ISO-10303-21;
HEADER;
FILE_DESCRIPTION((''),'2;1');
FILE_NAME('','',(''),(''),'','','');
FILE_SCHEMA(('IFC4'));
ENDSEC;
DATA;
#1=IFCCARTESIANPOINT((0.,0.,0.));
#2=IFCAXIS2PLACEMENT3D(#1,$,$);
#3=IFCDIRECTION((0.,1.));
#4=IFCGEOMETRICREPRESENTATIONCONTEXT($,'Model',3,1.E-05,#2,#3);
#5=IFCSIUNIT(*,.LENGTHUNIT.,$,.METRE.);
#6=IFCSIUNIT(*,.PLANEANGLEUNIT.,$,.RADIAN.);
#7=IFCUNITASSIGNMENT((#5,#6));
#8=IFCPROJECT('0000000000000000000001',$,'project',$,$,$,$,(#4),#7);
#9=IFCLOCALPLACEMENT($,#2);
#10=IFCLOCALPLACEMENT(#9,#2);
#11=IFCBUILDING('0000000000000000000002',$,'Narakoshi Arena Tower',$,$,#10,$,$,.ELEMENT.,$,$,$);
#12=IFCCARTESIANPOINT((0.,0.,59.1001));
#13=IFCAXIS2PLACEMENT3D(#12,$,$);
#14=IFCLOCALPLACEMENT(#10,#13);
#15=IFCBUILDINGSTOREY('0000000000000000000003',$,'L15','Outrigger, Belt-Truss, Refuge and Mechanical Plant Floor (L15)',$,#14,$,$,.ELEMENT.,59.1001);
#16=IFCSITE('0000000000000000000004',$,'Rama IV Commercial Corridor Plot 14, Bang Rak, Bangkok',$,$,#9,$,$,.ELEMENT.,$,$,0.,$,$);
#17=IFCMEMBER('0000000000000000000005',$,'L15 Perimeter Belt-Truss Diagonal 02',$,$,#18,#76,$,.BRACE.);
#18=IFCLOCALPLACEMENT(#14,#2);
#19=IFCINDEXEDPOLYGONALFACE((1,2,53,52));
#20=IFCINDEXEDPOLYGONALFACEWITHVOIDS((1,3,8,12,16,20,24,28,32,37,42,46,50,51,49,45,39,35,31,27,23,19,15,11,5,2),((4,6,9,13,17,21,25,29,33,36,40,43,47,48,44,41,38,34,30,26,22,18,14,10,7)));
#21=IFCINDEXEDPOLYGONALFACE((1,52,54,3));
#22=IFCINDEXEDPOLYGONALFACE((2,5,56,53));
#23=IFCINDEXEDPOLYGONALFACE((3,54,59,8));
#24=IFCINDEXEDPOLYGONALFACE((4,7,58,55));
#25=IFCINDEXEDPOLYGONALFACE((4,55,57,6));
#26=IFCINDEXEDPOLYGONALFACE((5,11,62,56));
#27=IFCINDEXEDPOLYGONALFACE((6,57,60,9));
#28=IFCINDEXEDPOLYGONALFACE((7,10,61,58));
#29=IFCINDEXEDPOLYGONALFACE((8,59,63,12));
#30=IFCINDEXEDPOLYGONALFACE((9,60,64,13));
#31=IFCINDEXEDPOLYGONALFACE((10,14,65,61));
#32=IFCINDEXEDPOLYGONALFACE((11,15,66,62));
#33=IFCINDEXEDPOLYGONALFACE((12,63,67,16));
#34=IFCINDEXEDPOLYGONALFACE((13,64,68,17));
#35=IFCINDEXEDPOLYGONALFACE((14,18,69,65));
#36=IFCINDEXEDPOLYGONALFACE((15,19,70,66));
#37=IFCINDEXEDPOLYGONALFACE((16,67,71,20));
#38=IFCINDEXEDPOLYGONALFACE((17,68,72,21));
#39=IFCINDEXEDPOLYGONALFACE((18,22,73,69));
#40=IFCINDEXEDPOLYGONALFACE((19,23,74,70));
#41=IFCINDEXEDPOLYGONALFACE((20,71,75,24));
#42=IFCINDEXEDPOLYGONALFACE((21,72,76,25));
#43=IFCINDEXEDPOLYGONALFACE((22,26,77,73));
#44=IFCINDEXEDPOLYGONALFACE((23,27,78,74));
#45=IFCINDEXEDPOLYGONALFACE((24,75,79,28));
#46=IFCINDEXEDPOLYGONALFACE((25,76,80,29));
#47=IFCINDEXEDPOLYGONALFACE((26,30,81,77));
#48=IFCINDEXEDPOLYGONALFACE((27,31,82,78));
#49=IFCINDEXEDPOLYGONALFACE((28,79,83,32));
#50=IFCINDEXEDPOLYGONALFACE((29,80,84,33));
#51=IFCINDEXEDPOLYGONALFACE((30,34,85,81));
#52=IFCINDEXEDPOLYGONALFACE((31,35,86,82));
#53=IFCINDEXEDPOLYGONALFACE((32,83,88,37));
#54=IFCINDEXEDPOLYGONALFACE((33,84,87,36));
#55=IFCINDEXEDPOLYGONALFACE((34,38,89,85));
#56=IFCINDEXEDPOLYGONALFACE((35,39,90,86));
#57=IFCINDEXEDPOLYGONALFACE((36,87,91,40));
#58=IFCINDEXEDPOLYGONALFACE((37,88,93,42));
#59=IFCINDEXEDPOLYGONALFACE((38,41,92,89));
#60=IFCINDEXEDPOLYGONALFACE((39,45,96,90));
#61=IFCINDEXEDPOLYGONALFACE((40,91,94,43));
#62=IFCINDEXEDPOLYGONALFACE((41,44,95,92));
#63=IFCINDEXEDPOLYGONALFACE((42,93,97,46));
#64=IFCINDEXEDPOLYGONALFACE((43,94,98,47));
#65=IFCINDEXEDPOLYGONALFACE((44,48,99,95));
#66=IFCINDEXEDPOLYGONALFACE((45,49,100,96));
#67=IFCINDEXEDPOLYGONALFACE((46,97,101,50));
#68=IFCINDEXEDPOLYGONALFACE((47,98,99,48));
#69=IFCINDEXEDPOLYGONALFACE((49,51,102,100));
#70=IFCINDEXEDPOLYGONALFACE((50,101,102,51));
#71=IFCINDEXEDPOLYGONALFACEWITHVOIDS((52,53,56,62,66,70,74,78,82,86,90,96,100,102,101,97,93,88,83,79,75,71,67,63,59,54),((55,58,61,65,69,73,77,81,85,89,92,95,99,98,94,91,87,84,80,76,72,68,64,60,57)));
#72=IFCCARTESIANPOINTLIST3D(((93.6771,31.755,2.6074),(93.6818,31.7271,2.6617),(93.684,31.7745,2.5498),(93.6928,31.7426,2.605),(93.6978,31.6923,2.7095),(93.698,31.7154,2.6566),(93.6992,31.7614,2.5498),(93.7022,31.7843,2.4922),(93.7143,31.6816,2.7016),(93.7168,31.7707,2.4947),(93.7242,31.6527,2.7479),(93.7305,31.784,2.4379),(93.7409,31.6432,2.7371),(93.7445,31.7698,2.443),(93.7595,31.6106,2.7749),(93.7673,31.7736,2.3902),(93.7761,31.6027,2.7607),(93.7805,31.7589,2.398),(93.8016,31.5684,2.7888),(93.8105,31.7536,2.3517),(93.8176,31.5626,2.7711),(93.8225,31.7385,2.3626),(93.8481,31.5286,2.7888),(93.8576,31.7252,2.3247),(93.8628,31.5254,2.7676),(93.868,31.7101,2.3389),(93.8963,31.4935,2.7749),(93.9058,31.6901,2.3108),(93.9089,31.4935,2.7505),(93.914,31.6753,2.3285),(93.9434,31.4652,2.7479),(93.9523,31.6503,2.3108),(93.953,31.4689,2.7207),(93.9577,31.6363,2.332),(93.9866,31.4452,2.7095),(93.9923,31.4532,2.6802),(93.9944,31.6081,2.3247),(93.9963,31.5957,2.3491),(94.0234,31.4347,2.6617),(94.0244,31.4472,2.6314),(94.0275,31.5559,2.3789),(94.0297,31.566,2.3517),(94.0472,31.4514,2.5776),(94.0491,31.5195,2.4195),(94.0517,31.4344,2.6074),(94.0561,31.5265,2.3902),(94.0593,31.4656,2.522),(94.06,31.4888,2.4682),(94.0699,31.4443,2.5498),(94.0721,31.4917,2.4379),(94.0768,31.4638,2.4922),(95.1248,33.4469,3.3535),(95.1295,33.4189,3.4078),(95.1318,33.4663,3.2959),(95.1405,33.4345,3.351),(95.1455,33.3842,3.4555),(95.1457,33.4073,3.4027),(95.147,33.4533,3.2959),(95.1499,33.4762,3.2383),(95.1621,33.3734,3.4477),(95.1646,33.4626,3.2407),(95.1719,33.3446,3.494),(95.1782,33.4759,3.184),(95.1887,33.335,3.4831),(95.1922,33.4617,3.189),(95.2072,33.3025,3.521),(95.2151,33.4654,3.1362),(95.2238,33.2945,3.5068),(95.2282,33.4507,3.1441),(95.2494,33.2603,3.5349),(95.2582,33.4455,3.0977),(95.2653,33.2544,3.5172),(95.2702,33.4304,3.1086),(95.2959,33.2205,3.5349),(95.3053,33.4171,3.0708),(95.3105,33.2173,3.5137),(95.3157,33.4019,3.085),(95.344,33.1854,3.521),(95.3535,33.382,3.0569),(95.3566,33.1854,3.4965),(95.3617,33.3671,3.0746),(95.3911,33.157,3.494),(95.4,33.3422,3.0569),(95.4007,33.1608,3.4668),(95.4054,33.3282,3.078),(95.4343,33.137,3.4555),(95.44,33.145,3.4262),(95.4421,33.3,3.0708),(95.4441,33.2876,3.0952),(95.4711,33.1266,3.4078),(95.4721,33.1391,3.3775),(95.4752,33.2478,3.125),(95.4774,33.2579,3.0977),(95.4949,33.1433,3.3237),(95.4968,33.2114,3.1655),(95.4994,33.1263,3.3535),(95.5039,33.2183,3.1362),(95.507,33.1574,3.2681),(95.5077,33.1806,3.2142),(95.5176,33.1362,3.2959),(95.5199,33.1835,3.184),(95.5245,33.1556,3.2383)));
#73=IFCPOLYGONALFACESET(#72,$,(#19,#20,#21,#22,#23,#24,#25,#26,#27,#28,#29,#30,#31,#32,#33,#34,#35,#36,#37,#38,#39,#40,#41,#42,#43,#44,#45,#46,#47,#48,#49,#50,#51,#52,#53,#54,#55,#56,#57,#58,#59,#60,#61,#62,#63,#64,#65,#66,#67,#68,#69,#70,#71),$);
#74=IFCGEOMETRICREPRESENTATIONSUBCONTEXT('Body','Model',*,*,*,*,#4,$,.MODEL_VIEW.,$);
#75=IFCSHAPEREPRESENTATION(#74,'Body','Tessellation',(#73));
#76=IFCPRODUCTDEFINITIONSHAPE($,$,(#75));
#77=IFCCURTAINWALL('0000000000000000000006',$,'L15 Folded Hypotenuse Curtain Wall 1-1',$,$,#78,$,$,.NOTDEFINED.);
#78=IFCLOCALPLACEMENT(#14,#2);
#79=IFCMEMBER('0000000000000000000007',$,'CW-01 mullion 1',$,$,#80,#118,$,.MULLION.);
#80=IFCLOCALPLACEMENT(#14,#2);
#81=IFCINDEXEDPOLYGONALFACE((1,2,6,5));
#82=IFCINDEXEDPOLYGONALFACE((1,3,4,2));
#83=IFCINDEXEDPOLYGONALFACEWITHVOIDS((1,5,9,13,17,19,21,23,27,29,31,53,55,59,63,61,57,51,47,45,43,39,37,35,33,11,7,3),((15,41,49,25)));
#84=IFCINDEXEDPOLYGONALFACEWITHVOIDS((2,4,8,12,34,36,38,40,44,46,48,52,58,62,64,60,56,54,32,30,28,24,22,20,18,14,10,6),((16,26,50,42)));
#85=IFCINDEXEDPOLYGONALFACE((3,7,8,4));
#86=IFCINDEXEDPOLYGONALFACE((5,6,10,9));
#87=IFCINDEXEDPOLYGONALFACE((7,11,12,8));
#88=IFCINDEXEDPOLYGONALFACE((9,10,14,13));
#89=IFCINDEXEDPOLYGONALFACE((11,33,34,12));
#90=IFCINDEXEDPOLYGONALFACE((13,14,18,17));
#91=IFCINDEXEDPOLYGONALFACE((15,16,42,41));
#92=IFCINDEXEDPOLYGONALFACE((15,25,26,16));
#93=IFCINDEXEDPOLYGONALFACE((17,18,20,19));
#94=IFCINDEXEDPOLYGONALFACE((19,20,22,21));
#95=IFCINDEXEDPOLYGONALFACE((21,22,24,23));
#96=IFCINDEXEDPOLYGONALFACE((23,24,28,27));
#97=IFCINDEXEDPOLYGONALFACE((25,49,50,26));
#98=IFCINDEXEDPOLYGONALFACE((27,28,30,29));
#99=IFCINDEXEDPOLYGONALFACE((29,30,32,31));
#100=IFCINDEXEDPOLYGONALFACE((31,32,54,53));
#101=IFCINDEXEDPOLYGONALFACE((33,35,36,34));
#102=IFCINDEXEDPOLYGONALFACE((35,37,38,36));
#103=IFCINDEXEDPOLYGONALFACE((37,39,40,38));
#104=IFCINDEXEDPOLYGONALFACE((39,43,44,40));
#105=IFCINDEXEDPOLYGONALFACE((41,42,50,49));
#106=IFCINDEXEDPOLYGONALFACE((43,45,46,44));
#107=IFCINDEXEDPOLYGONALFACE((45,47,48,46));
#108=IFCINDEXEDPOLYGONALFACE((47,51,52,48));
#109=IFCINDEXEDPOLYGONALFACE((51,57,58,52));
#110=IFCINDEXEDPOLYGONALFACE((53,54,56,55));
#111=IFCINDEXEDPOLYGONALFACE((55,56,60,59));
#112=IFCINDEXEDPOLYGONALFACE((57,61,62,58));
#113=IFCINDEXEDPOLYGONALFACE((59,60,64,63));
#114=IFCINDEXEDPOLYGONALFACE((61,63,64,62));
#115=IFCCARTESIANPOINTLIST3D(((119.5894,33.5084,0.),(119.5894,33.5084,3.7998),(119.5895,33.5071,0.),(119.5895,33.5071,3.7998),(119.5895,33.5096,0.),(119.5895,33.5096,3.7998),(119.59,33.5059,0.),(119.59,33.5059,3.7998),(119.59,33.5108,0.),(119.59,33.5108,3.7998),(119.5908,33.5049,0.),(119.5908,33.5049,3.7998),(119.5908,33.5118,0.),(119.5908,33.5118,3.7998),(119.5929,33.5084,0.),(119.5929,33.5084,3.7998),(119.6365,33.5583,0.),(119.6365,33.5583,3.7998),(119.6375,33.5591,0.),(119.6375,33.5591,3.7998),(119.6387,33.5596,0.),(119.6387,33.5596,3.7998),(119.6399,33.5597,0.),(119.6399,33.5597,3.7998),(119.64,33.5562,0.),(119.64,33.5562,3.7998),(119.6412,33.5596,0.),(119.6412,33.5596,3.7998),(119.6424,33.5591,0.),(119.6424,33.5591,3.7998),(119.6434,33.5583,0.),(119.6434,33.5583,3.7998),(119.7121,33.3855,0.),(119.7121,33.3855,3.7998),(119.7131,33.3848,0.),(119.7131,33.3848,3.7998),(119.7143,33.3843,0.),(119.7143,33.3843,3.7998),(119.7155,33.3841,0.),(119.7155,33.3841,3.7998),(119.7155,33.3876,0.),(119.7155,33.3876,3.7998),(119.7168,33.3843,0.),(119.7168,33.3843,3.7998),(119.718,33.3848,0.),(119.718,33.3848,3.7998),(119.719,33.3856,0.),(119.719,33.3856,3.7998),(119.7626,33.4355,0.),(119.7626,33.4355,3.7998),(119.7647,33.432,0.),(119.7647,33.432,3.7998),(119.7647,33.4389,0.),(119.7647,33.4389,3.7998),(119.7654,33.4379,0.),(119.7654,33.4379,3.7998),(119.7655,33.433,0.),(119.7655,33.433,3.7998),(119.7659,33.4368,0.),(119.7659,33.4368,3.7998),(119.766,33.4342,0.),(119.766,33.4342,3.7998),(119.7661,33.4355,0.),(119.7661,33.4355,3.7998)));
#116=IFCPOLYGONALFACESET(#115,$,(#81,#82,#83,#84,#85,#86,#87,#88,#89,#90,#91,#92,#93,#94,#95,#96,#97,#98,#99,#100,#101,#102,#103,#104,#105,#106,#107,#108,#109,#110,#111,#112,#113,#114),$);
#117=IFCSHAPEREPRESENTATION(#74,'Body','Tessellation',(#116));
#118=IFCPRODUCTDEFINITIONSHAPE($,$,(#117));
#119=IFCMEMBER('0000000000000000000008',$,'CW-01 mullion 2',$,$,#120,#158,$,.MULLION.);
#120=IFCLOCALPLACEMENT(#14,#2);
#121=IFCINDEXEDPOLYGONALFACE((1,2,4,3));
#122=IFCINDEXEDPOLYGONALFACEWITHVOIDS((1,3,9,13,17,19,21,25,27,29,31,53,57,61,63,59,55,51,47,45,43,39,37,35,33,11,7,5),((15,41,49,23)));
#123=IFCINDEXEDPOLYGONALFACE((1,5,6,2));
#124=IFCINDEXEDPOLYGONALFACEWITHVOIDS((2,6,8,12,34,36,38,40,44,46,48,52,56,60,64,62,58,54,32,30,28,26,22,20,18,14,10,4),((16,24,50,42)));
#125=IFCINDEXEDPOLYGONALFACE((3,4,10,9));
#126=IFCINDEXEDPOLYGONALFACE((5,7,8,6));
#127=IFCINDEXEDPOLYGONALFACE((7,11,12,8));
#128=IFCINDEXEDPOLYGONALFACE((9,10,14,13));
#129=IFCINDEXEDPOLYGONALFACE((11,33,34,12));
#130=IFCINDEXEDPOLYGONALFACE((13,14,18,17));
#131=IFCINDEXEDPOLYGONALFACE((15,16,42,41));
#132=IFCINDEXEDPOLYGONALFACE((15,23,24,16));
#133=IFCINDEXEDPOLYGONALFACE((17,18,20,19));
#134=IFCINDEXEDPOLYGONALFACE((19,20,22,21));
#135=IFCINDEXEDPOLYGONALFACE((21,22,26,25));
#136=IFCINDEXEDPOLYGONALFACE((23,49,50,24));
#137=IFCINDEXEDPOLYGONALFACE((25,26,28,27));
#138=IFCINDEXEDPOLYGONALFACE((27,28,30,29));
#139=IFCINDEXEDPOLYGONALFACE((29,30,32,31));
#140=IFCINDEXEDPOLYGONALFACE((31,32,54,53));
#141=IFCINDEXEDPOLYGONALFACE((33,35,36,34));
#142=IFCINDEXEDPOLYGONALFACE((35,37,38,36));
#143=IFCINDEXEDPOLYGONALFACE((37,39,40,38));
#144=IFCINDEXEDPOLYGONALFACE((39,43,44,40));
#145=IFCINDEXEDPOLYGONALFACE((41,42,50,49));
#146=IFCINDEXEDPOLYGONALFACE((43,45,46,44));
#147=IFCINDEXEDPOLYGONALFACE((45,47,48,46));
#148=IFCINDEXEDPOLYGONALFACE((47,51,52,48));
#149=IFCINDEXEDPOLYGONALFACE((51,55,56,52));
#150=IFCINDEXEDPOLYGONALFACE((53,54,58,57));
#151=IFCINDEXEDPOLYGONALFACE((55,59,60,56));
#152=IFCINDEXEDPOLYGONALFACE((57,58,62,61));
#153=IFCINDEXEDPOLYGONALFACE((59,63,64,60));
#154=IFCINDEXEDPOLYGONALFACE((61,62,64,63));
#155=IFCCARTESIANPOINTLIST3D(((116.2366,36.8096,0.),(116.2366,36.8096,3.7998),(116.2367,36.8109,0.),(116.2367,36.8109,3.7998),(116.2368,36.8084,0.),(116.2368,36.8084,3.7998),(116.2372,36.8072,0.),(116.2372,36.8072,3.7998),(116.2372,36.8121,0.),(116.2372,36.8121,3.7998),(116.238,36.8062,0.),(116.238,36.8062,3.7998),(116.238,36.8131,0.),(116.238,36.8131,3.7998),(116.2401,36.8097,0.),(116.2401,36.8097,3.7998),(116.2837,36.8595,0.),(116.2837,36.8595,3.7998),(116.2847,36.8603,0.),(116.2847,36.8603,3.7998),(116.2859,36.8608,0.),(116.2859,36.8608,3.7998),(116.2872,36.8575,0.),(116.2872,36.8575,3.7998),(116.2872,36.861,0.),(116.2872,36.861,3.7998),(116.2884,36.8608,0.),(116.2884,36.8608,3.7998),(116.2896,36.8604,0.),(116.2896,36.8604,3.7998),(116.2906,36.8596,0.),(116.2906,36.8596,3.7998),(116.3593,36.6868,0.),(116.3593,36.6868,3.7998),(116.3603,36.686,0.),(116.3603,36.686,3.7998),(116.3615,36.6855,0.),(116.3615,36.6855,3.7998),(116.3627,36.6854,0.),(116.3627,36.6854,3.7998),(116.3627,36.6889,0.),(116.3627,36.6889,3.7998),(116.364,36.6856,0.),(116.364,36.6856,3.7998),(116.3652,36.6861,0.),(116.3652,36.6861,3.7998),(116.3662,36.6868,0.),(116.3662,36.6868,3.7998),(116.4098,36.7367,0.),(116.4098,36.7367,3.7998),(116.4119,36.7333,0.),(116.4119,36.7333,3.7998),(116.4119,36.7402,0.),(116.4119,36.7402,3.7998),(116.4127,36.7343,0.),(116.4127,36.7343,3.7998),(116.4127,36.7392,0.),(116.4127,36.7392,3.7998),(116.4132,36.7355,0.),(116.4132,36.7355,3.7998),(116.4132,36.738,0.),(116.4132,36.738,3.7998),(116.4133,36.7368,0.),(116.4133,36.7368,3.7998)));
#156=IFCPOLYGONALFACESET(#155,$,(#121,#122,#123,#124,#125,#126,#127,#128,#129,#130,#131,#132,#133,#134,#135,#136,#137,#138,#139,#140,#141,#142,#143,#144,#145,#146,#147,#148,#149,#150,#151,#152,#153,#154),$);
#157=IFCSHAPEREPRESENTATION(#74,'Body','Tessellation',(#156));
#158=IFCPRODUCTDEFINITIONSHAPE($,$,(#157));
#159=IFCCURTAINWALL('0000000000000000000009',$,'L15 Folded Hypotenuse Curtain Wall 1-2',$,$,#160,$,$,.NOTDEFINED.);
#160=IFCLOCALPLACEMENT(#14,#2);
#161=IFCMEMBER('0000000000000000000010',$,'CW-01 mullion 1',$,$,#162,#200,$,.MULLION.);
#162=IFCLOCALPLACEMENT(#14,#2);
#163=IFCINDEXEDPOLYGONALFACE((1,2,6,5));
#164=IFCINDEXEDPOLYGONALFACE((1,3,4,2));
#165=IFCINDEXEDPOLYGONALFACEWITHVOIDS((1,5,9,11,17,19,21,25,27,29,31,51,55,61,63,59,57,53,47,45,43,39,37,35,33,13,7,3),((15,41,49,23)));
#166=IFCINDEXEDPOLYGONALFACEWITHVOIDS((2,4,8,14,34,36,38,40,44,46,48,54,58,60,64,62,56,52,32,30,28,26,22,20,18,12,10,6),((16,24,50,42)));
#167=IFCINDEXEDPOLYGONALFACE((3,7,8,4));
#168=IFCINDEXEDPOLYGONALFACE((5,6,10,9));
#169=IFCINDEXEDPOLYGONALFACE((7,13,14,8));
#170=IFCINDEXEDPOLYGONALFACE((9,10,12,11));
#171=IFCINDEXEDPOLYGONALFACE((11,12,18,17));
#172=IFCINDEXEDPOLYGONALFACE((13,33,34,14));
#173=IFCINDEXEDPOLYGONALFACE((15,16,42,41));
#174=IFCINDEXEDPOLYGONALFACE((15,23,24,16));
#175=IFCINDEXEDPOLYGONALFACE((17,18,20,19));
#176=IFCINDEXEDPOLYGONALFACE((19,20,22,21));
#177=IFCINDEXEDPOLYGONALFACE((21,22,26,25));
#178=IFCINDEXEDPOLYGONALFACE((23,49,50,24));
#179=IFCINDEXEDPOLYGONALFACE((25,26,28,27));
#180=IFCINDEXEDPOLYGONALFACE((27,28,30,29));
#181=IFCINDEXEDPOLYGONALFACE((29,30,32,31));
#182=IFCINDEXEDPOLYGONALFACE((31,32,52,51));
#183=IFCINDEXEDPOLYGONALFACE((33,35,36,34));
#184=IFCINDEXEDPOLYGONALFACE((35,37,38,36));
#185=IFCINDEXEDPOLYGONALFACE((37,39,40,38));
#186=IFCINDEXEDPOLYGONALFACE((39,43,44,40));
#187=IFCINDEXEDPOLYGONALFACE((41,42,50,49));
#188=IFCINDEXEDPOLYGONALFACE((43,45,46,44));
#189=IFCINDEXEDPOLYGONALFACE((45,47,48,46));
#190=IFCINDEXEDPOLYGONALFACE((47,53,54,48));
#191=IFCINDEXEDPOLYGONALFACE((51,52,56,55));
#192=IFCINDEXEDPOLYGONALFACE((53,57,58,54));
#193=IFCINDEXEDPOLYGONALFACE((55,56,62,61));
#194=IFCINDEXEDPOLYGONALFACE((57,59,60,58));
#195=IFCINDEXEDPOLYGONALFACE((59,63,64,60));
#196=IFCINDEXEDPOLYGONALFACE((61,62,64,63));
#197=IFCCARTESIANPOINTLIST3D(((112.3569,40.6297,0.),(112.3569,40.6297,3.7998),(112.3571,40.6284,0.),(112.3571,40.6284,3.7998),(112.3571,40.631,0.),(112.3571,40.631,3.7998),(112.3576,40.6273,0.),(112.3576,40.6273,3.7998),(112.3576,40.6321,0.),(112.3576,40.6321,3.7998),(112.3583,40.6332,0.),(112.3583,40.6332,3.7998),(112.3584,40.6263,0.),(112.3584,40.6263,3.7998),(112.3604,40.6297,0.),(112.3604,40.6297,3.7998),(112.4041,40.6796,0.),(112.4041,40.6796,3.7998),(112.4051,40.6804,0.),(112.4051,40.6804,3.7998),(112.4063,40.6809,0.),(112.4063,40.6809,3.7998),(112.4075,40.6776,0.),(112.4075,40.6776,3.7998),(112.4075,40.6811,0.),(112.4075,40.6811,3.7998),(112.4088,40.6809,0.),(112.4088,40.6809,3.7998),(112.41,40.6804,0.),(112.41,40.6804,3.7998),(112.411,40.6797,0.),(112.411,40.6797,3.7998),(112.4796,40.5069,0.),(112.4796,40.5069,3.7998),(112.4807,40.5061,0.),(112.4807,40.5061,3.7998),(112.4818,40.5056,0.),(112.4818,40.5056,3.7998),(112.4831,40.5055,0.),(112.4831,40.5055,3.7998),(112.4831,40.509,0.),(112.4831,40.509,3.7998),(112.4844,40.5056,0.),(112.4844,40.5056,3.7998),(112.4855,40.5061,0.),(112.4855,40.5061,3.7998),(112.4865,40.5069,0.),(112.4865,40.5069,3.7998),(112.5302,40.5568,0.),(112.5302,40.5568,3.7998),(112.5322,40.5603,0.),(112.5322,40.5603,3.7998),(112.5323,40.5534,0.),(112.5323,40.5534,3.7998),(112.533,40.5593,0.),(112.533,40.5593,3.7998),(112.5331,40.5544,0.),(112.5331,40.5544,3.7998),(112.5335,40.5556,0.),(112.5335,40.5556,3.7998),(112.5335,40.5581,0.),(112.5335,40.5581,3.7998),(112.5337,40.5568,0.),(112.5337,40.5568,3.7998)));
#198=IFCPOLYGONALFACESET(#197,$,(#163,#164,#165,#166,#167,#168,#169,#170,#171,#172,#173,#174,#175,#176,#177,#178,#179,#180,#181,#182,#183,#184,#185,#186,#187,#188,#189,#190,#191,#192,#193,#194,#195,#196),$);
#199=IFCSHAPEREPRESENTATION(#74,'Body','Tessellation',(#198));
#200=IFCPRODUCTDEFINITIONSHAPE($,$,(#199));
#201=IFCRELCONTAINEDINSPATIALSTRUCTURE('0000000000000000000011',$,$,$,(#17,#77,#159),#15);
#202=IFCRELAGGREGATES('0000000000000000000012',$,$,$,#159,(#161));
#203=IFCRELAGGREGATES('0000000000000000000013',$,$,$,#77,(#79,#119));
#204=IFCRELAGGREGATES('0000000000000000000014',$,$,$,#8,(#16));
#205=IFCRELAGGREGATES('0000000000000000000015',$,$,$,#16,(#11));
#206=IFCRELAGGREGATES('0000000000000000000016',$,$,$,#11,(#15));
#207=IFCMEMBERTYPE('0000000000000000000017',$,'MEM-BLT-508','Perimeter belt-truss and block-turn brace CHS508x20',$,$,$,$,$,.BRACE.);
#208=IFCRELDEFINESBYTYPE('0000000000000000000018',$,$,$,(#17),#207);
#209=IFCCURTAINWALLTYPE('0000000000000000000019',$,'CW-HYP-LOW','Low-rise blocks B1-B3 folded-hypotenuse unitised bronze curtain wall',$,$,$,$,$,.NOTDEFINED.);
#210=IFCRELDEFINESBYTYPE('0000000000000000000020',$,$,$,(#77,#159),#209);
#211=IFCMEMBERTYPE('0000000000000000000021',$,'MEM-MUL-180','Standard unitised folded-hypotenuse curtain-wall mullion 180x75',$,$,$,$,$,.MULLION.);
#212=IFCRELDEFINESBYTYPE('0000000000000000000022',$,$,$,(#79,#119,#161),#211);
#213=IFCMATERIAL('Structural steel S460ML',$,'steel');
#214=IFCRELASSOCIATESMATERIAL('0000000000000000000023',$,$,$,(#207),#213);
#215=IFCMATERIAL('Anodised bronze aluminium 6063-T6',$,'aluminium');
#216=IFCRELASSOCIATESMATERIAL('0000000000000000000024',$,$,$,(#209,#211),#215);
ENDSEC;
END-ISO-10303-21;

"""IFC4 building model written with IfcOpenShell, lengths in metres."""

from ifc_helpers import new_model, si_unit, direction, frame, origin, origin_2d, place, context, subcontext, project, spatial, hollow_rectangle, hollow_circle, extrude, material, material_profile, profile_set, type_object, element, aggregate, save


model = new_model("IFC4")

# Units and contexts
model_context = context("Model", 3, precision=1e-05, world=origin(), true_north=direction((0.0, 1.0)))
body_context = subcontext(model_context, "Body", "Model", "MODEL_VIEW")
ifc_project = project(units=[si_unit("LENGTHUNIT", "METRE"), si_unit("PLANEANGLEUNIT", "RADIAN")], contexts=[model_context])

# Site, building, storey
site_placement = place(None, origin())
site = spatial("IfcSite", under=ifc_project, at=site_placement, Name="Rama IV Commercial Corridor Plot 14, Bang Rak, Bangkok", CompositionType="ELEMENT", RefElevation=0.0)
building_placement = place(site_placement, origin())
building = spatial("IfcBuilding", under=site, at=building_placement, Name="Narakoshi Arena Tower", CompositionType="ELEMENT")
storey_placement = place(building_placement, frame((0.0, 0.0, 59.1001)))
storey = spatial("IfcBuildingStorey", under=building, at=storey_placement, Name="L15", Description="Outrigger, Belt-Truss, Refuge and Mechanical Plant Floor (L15)", CompositionType="ELEMENT", Elevation=59.1001)

# Shared definitions
ifc_material_1 = material(Name="Structural steel S460ML", Category="steel")

# Member
ifc_material_profile_1 = material_profile(ifc_material_1, hollow_circle(Radius=0.2539, WallThickness=0.02, at=origin_2d()), Name="CHS508x20")
ifc_profile_set_1 = profile_set([ifc_material_profile_1], Name="Structural steel S460ML")
member_type_1 = type_object("IfcMemberType", Name="MEM-BLT-508", Description="Perimeter belt-truss and block-turn brace CHS508x20", PredefinedType="BRACE", material=ifc_profile_set_1)
member_1_placement = place(storey_placement, frame((93.877, 31.6094, 2.5498), z_axis=(0.616476, 0.720434, 0.317698), x_axis=(-0.759798, 0.650159, 0.0)))
element("IfcMember", 1, at=member_1_placement, inside=storey, type_object=member_type_1, Name="L15 Perimeter Belt-Truss Diagonal 02", PredefinedType="BRACE", context=body_context, shape_type="SweptSolid", body=[
    extrude(hollow_circle(Radius=0.2539, WallThickness=0.02, at=origin_2d()), origin(), (0.0, 0.0, 1.0), 2.3484),
])

# Curtain wall, members
ifc_material_2 = material(Name="Anodised bronze aluminium 6063-T6", Category="aluminium")
curtain_wall_type = type_object("IfcCurtainWallType", Name="CW-HYP-LOW", Description="Low-rise blocks B1-B3 folded-hypotenuse unitised bronze curtain wall", PredefinedType="NOTDEFINED", material=ifc_material_2)
curtain_wall_1_placement = place(storey_placement, origin())
curtain_wall_1 = element("IfcCurtainWall", 2, at=curtain_wall_1_placement, inside=storey, type_object=curtain_wall_type, Name="L15 Folded Hypotenuse Curtain Wall 1-1", PredefinedType="NOTDEFINED")
ifc_material_profile_2 = material_profile(ifc_material_2, hollow_rectangle(XDim=0.075, YDim=0.1799, WallThickness=0.0039, OuterFilletRadius=0.0049, at=origin_2d()), Name="MUL180x75x4")
ifc_profile_set_2 = profile_set([ifc_material_profile_2], Name="Anodised bronze aluminium 6063-T6")
member_type_2 = type_object("IfcMemberType", Name="MEM-MUL-180", Description="Standard unitised folded-hypotenuse curtain-wall mullion 180x75", PredefinedType="MULLION", material=ifc_profile_set_2)
member_2_placement = place(storey_placement, frame((119.6777, 33.4719, 0.0), z_axis=(0.0, 0.0, 1.0), x_axis=(-0.701626, -0.712546, 0.0)))
member_2 = element("IfcMember", 3, at=member_2_placement, type_object=member_type_2, Name="CW-01 mullion 1", PredefinedType="MULLION", context=body_context, shape_type="SweptSolid", body=[
    extrude(hollow_rectangle(XDim=0.075, YDim=0.1799, WallThickness=0.0039, OuterFilletRadius=0.0049, at=origin_2d()), origin(), (0.0, 0.0, 1.0), 3.7998),
])
member_3_placement = place(storey_placement, frame((116.325, 36.7732, 0.0), z_axis=(0.0, 0.0, 1.0), x_axis=(-0.701626, -0.712546, 0.0)))
member_3 = element("IfcMember", 4, at=member_3_placement, type_object=member_type_2, Name="CW-01 mullion 2", PredefinedType="MULLION", context=body_context, shape_type="SweptSolid", body=[
    extrude(hollow_rectangle(XDim=0.075, YDim=0.1799, WallThickness=0.0039, OuterFilletRadius=0.0049, at=origin_2d()), origin(), (0.0, 0.0, 1.0), 3.7998),
])

# Curtain wall, member
curtain_wall_2_placement = place(storey_placement, origin())
curtain_wall_2 = element("IfcCurtainWall", 5, at=curtain_wall_2_placement, inside=storey, type_object=curtain_wall_type, Name="L15 Folded Hypotenuse Curtain Wall 1-2", PredefinedType="NOTDEFINED")
member_4_placement = place(storey_placement, frame((112.4453, 40.5933, 0.0), z_axis=(0.0, 0.0, 1.0), x_axis=(-0.701639, -0.712533, 0.0)))
member_4 = element("IfcMember", 6, at=member_4_placement, type_object=member_type_2, Name="CW-01 mullion 1", PredefinedType="MULLION", context=body_context, shape_type="SweptSolid", body=[
    extrude(hollow_rectangle(XDim=0.075, YDim=0.1799, WallThickness=0.0039, OuterFilletRadius=0.0049, at=origin_2d()), origin(), (0.0, 0.0, 1.0), 3.7998),
])
aggregate(curtain_wall_2, [member_4])

aggregate(curtain_wall_1, [member_2, member_3])

save(model, "model.ifc")
